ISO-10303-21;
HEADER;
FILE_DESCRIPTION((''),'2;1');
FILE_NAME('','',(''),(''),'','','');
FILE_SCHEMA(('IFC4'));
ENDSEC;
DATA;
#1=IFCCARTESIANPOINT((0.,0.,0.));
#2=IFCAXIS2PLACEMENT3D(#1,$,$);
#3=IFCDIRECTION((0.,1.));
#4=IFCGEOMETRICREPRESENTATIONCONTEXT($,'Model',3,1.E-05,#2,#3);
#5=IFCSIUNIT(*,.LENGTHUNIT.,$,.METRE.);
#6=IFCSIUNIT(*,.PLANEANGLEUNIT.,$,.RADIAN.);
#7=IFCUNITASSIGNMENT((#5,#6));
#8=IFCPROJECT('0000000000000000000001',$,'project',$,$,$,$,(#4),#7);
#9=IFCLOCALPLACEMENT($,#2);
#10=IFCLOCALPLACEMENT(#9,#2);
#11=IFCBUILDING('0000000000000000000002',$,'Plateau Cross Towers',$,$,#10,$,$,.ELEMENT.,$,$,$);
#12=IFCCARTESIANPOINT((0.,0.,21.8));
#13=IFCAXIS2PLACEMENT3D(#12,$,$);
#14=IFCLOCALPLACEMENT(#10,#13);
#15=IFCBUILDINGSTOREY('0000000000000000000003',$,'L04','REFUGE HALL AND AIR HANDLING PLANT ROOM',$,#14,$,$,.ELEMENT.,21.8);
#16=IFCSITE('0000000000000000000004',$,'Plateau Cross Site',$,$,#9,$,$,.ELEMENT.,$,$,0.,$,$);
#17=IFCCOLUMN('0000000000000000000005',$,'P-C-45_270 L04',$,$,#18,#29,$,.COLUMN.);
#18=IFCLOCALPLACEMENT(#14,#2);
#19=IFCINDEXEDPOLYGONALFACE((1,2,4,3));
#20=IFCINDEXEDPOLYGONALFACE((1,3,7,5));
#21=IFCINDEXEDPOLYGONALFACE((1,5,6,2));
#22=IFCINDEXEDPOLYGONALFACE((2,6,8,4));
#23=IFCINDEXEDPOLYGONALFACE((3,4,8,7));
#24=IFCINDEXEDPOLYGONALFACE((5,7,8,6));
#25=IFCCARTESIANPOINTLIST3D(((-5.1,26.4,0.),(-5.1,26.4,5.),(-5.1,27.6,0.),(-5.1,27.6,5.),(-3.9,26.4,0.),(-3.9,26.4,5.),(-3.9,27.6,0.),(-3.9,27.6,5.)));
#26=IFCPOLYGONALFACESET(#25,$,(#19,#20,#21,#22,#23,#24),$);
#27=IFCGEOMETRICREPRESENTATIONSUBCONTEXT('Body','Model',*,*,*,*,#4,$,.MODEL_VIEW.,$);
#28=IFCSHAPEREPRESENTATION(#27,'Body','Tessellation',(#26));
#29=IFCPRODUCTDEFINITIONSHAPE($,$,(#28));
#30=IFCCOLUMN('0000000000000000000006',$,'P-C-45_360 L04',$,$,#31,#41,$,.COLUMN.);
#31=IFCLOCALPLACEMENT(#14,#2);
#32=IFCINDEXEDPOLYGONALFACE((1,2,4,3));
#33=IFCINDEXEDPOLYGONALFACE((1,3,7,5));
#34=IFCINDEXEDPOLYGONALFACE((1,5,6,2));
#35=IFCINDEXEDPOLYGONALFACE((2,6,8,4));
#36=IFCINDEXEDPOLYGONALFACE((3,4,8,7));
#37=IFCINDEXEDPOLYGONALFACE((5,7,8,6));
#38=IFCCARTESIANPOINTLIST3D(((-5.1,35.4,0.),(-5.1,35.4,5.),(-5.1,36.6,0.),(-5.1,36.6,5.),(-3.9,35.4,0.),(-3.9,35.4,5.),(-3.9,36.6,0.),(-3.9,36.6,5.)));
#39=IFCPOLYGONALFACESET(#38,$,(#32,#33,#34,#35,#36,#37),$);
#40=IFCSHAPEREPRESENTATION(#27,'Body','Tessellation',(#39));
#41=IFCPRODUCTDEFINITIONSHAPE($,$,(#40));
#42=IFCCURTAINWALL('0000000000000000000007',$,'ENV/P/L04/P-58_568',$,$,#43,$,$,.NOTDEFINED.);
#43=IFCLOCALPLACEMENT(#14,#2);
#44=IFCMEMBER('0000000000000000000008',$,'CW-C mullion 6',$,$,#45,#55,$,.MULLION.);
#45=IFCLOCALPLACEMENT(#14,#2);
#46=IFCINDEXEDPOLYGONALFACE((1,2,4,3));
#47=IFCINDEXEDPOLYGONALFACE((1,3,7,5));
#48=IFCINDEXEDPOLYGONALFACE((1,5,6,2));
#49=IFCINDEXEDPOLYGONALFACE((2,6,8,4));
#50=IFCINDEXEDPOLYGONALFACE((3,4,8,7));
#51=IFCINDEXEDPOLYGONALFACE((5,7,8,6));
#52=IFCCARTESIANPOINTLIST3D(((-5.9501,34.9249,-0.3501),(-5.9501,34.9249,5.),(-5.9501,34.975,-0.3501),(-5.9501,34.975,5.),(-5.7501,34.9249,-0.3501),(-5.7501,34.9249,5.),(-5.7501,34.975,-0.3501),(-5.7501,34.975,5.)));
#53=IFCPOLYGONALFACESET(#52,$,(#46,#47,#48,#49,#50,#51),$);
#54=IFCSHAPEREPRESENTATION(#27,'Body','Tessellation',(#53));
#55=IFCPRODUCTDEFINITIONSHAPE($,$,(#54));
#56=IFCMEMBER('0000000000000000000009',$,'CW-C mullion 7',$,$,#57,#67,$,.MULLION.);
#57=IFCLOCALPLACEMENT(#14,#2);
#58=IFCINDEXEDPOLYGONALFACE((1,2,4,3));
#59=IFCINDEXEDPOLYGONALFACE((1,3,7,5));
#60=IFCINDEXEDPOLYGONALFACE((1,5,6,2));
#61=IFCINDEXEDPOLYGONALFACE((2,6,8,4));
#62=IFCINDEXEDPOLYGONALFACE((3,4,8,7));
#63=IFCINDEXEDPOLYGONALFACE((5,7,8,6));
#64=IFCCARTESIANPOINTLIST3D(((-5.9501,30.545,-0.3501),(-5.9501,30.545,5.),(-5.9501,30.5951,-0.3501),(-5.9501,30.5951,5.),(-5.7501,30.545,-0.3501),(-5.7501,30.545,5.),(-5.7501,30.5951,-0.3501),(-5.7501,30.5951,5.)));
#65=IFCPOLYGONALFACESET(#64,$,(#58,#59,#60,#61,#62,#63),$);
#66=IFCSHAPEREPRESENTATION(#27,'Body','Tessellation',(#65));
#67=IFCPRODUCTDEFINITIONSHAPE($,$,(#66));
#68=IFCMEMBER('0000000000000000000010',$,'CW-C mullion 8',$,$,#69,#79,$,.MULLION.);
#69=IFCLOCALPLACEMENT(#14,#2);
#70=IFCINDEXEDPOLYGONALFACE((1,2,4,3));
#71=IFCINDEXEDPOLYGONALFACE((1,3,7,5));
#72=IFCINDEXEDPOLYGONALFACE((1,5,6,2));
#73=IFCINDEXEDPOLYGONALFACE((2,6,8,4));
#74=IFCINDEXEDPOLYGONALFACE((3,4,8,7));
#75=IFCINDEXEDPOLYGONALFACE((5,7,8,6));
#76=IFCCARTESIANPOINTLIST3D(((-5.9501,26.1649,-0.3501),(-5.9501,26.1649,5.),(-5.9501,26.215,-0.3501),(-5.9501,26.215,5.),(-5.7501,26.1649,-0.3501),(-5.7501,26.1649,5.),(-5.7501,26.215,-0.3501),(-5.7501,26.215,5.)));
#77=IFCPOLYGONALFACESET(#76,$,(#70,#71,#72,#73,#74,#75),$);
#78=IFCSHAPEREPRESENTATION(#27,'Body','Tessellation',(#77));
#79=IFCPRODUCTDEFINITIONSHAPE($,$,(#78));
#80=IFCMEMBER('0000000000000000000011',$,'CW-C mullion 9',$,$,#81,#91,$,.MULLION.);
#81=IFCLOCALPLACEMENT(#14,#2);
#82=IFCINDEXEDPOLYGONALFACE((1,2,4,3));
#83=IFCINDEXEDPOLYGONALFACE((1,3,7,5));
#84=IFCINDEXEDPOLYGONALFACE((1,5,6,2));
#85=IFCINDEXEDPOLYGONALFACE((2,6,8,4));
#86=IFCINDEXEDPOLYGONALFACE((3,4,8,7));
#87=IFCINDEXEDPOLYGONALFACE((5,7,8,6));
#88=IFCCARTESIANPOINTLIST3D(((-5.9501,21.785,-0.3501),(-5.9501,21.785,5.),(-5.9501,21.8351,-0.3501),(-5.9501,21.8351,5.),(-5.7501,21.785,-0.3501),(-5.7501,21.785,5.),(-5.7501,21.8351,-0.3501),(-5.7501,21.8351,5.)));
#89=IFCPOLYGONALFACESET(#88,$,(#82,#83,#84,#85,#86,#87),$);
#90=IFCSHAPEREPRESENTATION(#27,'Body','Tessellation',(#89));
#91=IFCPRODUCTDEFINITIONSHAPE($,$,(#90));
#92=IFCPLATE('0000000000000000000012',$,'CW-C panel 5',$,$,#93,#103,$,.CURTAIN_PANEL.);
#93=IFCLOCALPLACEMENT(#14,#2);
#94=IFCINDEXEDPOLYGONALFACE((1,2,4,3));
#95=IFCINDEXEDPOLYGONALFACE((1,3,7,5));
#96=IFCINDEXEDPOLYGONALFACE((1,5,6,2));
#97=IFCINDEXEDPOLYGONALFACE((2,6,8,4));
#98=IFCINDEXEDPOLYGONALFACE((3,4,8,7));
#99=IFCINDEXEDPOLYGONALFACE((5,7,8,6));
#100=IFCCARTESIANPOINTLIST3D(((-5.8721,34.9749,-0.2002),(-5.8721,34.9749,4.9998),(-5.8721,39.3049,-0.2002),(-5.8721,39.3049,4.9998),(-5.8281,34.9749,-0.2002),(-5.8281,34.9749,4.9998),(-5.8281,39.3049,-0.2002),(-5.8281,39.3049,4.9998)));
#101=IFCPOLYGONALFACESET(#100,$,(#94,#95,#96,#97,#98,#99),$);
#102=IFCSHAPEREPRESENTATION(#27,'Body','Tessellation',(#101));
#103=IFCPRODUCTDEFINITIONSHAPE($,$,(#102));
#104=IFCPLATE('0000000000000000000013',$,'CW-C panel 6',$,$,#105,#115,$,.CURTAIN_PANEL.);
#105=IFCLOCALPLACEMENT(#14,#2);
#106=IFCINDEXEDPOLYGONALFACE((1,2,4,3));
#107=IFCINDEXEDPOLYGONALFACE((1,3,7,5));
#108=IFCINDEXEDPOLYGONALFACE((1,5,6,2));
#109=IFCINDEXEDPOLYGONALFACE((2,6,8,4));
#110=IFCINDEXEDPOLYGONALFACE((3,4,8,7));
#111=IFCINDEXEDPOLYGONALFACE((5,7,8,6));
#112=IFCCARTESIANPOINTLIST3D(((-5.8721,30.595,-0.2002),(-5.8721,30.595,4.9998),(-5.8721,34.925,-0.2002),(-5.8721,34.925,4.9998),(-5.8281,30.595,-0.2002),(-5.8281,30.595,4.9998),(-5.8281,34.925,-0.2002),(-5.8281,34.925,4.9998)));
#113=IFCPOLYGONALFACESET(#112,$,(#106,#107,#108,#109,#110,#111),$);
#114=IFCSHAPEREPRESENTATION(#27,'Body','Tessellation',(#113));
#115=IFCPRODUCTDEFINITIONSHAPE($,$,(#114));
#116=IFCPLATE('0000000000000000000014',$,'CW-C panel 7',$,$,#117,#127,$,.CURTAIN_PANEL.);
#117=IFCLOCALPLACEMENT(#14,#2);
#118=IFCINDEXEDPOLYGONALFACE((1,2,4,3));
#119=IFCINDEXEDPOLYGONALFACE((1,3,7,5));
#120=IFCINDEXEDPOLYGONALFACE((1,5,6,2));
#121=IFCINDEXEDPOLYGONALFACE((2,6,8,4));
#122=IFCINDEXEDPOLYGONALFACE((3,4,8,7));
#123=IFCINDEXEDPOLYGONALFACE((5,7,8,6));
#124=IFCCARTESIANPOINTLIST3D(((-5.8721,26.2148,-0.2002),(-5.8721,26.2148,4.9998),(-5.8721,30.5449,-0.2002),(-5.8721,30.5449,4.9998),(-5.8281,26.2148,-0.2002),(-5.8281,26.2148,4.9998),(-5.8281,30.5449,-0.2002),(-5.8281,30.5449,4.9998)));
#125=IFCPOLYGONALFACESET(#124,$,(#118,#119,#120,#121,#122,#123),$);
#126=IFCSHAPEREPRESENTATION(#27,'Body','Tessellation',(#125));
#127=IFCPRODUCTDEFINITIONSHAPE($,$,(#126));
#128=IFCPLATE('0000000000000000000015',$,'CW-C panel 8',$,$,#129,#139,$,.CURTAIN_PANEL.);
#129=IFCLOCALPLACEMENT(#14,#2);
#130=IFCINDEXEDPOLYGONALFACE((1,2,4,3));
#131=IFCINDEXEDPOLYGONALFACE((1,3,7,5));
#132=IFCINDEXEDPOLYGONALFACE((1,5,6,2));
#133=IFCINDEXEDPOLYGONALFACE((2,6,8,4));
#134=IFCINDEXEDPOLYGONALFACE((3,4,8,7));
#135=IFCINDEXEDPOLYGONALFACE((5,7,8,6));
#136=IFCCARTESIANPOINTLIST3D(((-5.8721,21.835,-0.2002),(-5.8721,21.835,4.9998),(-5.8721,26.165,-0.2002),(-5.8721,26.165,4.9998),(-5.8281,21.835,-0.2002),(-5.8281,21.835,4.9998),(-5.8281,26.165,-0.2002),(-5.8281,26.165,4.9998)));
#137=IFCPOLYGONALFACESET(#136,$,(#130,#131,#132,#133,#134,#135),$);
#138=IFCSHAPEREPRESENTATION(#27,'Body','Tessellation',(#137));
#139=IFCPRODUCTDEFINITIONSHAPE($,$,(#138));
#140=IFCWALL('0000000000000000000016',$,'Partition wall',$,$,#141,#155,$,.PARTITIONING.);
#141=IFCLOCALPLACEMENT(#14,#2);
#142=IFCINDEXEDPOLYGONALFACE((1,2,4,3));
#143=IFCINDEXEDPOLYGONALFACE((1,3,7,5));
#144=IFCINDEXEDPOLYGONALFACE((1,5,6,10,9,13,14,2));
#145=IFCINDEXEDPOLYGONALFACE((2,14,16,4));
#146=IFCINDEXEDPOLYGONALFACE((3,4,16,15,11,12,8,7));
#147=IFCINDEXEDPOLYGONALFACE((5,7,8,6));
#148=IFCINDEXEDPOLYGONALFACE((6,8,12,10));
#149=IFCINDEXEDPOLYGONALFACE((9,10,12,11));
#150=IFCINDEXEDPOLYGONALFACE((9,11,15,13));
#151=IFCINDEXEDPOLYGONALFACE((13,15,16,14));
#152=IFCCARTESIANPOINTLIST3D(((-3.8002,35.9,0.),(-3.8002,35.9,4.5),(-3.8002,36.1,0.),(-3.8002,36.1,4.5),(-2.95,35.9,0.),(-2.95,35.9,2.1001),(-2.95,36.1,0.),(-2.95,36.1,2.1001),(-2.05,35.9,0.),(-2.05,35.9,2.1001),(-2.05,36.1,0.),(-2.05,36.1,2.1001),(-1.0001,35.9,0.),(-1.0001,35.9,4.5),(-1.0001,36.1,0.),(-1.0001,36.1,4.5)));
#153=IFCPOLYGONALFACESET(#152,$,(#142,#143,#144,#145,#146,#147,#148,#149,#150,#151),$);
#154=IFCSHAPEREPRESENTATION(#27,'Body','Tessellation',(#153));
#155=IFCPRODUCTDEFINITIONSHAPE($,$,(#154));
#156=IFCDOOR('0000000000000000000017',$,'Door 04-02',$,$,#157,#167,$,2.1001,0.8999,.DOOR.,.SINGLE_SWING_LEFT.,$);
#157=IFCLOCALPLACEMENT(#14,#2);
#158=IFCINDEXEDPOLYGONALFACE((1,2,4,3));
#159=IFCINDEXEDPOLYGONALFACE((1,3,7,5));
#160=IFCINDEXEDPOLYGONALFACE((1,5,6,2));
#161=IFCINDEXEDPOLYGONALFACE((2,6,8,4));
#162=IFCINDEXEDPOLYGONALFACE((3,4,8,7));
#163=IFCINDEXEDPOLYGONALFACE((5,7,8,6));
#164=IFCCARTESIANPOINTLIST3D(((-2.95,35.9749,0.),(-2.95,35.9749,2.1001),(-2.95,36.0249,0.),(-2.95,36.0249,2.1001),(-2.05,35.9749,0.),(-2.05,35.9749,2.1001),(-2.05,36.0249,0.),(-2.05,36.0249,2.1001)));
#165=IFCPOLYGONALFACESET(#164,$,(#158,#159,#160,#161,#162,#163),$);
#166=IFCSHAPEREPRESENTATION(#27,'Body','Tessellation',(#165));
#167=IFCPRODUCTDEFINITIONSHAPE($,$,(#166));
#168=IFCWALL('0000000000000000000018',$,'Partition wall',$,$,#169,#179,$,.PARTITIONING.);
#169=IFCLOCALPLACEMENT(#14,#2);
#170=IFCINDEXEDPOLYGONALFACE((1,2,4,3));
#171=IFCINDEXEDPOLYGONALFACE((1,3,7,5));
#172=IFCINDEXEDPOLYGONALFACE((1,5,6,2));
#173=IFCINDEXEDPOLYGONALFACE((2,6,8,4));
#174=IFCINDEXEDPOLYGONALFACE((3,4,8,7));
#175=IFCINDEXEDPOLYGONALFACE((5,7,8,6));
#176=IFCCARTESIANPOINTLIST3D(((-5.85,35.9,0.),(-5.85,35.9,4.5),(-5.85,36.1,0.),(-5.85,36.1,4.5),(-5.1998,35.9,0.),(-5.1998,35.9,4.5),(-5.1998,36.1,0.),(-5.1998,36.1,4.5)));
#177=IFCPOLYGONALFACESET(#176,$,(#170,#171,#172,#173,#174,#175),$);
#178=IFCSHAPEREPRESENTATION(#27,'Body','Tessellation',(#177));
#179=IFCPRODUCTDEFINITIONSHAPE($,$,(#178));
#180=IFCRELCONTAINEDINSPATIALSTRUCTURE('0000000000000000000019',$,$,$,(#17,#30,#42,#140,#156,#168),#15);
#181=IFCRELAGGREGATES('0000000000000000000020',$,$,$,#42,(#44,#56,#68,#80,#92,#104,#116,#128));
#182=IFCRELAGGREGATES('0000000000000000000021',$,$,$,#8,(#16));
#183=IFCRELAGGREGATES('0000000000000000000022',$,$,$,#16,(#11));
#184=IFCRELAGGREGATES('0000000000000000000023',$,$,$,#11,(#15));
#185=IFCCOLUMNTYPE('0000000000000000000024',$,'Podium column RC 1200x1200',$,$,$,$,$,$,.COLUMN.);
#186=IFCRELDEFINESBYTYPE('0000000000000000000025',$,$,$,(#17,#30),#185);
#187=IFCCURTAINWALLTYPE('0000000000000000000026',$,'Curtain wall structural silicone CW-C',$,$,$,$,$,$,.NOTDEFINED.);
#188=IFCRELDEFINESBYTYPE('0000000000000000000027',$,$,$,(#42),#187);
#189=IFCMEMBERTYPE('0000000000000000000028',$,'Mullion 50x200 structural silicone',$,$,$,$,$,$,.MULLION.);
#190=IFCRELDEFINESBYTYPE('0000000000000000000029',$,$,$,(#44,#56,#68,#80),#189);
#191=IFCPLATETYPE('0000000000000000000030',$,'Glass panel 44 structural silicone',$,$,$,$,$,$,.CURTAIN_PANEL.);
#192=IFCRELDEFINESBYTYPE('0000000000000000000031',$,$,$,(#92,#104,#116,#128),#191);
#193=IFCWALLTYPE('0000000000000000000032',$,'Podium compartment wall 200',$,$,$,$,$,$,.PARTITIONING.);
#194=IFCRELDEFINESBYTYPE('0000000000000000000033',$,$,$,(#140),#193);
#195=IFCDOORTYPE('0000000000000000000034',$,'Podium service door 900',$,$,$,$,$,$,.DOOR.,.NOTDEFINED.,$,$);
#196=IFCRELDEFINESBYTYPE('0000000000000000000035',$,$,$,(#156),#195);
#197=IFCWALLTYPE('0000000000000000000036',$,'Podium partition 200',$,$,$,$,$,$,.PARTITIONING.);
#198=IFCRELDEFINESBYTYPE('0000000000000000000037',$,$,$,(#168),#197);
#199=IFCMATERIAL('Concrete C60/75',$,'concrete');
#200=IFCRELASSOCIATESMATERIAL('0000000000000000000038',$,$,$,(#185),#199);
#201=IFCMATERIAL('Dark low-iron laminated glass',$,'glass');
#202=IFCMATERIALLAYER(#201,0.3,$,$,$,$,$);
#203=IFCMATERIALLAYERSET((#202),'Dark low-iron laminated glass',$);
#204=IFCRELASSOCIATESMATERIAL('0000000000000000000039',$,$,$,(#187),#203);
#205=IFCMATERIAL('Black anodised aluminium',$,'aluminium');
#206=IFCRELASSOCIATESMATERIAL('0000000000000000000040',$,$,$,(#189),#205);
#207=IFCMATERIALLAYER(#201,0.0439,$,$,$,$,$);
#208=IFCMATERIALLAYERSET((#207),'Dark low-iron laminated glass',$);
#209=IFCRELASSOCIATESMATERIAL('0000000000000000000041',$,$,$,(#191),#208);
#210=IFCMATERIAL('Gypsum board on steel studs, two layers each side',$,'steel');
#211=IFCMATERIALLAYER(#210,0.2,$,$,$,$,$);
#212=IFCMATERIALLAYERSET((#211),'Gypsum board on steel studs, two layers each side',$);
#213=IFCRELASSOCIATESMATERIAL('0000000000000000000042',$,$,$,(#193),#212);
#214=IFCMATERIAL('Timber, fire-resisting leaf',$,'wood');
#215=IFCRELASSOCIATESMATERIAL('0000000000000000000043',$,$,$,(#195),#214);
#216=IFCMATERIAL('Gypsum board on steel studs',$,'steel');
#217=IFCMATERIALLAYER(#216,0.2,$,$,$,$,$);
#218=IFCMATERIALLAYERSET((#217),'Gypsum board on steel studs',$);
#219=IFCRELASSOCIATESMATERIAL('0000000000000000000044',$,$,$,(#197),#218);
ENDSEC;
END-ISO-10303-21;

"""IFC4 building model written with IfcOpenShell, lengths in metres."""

from ifc_helpers import new_model, si_unit, direction, frame, frame_2d, origin, origin_2d, place, context, subcontext, project, spatial, rectangle, extrude, material, layer, layer_set, material_profile, profile_set, type_object, element, fill, aggregate, save


model = new_model("IFC4")

# Units and contexts
model_context = context("Model", 3, precision=1e-05, world=origin(), true_north=direction((0.0, 1.0)))
body_context = subcontext(model_context, "Body", "Model", "MODEL_VIEW")
ifc_project = project(units=[si_unit("LENGTHUNIT", "METRE"), si_unit("PLANEANGLEUNIT", "RADIAN")], contexts=[model_context])

# Site, building, storey
site_placement = place(None, origin())
site = spatial("IfcSite", under=ifc_project, at=site_placement, Name="Plateau Cross Site", CompositionType="ELEMENT", RefElevation=0.0)
building_placement = place(site_placement, origin())
building = spatial("IfcBuilding", under=site, at=building_placement, Name="Plateau Cross Towers", CompositionType="ELEMENT")
storey_placement = place(building_placement, frame((0.0, 0.0, 21.8)))
storey = spatial("IfcBuildingStorey", under=building, at=storey_placement, Name="L04", Description="REFUGE HALL AND AIR HANDLING PLANT ROOM", CompositionType="ELEMENT", Elevation=21.8)

# Columns
ifc_material_1 = material(Name="Concrete C60/75", Category="concrete")
ifc_material_profile_1 = material_profile(ifc_material_1, rectangle(XDim=1.2, YDim=1.2, at=origin_2d()), Name="RC 1200x1200")
ifc_profile_set_1 = profile_set([ifc_material_profile_1], Name="Concrete C60/75")
column_type = type_object("IfcColumnType", Name="Podium column RC 1200x1200", PredefinedType="COLUMN", material=ifc_profile_set_1)
for number, where, z_axis, x_axis, name in (
    (1, (-4.5, 27.0, 0.0), (0.0, 0.0, 1.0), (1.0, 0.0, 0.0), "P-C-45_270 L04"),
    (2, (-4.5, 36.0, 0.0), (0.0, 0.0, 1.0), (1.0, 0.0, 0.0), "P-C-45_360 L04"),
):
    element("IfcColumn", number, at=place(storey_placement, frame(where, z_axis=z_axis, x_axis=x_axis)), inside=storey, type_object=column_type, Name=name, PredefinedType="COLUMN", context=body_context, shape_type="SweptSolid", body=[
        extrude(rectangle(XDim=1.2, YDim=1.2, at=origin_2d()), origin(), (0.0, 0.0, 1.0), 5.0),
    ])

# Curtain wall, members, plates
ifc_material_2 = material(Name="Dark low-iron laminated glass", Category="glass")
ifc_layer_1 = layer(ifc_material_2, 0.3)
ifc_layer_set_1 = layer_set([ifc_layer_1], Name="Dark low-iron laminated glass")
curtain_wall_type = type_object("IfcCurtainWallType", Name="Curtain wall structural silicone CW-C", PredefinedType="NOTDEFINED", material=ifc_layer_set_1)
curtain_wall_placement = place(storey_placement, origin())
curtain_wall = element("IfcCurtainWall", 3, at=curtain_wall_placement, inside=storey, type_object=curtain_wall_type, Name="ENV/P/L04/P-58_568", PredefinedType="NOTDEFINED")
ifc_material_3 = material(Name="Black anodised aluminium", Category="aluminium")
ifc_material_profile_2 = material_profile(ifc_material_3, rectangle(XDim=0.05, YDim=0.2, at=origin_2d()), Name="MULLION 50x200")
ifc_profile_set_2 = profile_set([ifc_material_profile_2], Name="Black anodised aluminium")
member_type = type_object("IfcMemberType", Name="Mullion 50x200 structural silicone", PredefinedType="MULLION", material=ifc_profile_set_2)
member_1_placement = place(storey_placement, frame((-5.8501, 34.95, -0.3501), z_axis=(0.0, 0.0, 1.0), x_axis=(0.0, -1.0, 0.0)))
member_1 = element("IfcMember", 4, at=member_1_placement, type_object=member_type, Name="CW-C mullion 6", PredefinedType="MULLION", context=body_context, shape_type="SweptSolid", body=[
    extrude(rectangle(XDim=0.05, YDim=0.2, at=origin_2d()), origin(), (0.0, 0.0, 1.0), 5.3501),
])
member_2_placement = place(storey_placement, frame((-5.8501, 30.5701, -0.3501), z_axis=(0.0, 0.0, 1.0), x_axis=(0.0, -1.0, 0.0)))
member_2 = element("IfcMember", 5, at=member_2_placement, type_object=member_type, Name="CW-C mullion 7", PredefinedType="MULLION", context=body_context, shape_type="SweptSolid", body=[
    extrude(rectangle(XDim=0.05, YDim=0.2, at=origin_2d()), origin(), (0.0, 0.0, 1.0), 5.3501),
])
member_3_placement = place(storey_placement, frame((-5.8501, 26.1899, -0.3501), z_axis=(0.0, 0.0, 1.0), x_axis=(0.0, -1.0, 0.0)))
member_3 = element("IfcMember", 6, at=member_3_placement, type_object=member_type, Name="CW-C mullion 8", PredefinedType="MULLION", context=body_context, shape_type="SweptSolid", body=[
    extrude(rectangle(XDim=0.05, YDim=0.2, at=origin_2d()), origin(), (0.0, 0.0, 1.0), 5.3501),
])
member_4_placement = place(storey_placement, frame((-5.8501, 21.8101, -0.3501), z_axis=(0.0, 0.0, 1.0), x_axis=(0.0, -1.0, 0.0)))
member_4 = element("IfcMember", 7, at=member_4_placement, type_object=member_type, Name="CW-C mullion 9", PredefinedType="MULLION", context=body_context, shape_type="SweptSolid", body=[
    extrude(rectangle(XDim=0.05, YDim=0.2, at=origin_2d()), origin(), (0.0, 0.0, 1.0), 5.3501),
])
ifc_layer_2 = layer(ifc_material_2, 0.0439)
ifc_layer_set_2 = layer_set([ifc_layer_2], Name="Dark low-iron laminated glass")
plate_type = type_object("IfcPlateType", Name="Glass panel 44 structural silicone", PredefinedType="CURTAIN_PANEL", material=ifc_layer_set_2)
plate_1_placement = place(storey_placement, frame((-5.8501, 37.1399, -0.2002), z_axis=(0.0, 0.0, 1.0), x_axis=(0.0, -1.0, 0.0)))
plate_1 = element("IfcPlate", 8, at=plate_1_placement, type_object=plate_type, Name="CW-C panel 5", PredefinedType="CURTAIN_PANEL", context=body_context, shape_type="SweptSolid", body=[
    extrude(rectangle(XDim=4.3301, YDim=0.0439, at=origin_2d()), origin(), (0.0, 0.0, 1.0), 5.2),
])
plate_2_placement = place(storey_placement, frame((-5.8501, 32.76, -0.2002), z_axis=(0.0, 0.0, 1.0), x_axis=(0.0, -1.0, 0.0)))
plate_2 = element("IfcPlate", 9, at=plate_2_placement, type_object=plate_type, Name="CW-C panel 6", PredefinedType="CURTAIN_PANEL", context=body_context, shape_type="SweptSolid", body=[
    extrude(rectangle(XDim=4.3301, YDim=0.0439, at=origin_2d()), origin(), (0.0, 0.0, 1.0), 5.2),
])
plate_3_placement = place(storey_placement, frame((-5.8501, 28.3799, -0.2002), z_axis=(0.0, 0.0, 1.0), x_axis=(0.0, -1.0, 0.0)))
plate_3 = element("IfcPlate", 10, at=plate_3_placement, type_object=plate_type, Name="CW-C panel 7", PredefinedType="CURTAIN_PANEL", context=body_context, shape_type="SweptSolid", body=[
    extrude(rectangle(XDim=4.3301, YDim=0.0439, at=origin_2d()), origin(), (0.0, 0.0, 1.0), 5.2),
])
plate_4_placement = place(storey_placement, frame((-5.8501, 24.0, -0.2002), z_axis=(0.0, 0.0, 1.0), x_axis=(0.0, -1.0, 0.0)))
plate_4 = element("IfcPlate", 11, at=plate_4_placement, type_object=plate_type, Name="CW-C panel 8", PredefinedType="CURTAIN_PANEL", context=body_context, shape_type="SweptSolid", body=[
    extrude(rectangle(XDim=4.3301, YDim=0.0439, at=origin_2d()), origin(), (0.0, 0.0, 1.0), 5.2),
])
aggregate(curtain_wall, [member_1, member_2, member_3, member_4, plate_1, plate_2, plate_3, plate_4])

# Wall, opening, door
ifc_material_4 = material(Name="Gypsum board on steel studs, two layers each side", Category="steel")
ifc_layer_3 = layer(ifc_material_4, 0.2)
ifc_layer_set_3 = layer_set([ifc_layer_3], Name="Gypsum board on steel studs, two layers each side")
wall_type_1 = type_object("IfcWallType", Name="Podium compartment wall 200", PredefinedType="PARTITIONING", material=ifc_layer_set_3)
wall_1_placement = place(storey_placement, frame((-3.8, 36.0, 0.0), z_axis=(0.0, 0.0, 1.0), x_axis=(1.0, 0.0, 0.0)))
wall_1 = element("IfcWall", 12, at=wall_1_placement, inside=storey, type_object=wall_type_1, Name="Partition wall", PredefinedType="PARTITIONING", context=body_context, shape_type="SweptSolid", body=[
    extrude(rectangle(XDim=2.8, YDim=0.2, at=frame_2d((1.3999, 0.0))), origin(), (0.0, 0.0, 1.0), 4.5),
])
opening_placement = place(wall_1_placement, frame((0.8501, 0.0, 0.0)))
opening = element("IfcOpeningElement", 13, at=opening_placement, cuts=wall_1, PredefinedType="OPENING", context=body_context, shape_type="SweptSolid", body=[
    extrude(rectangle(XDim=0.8999, YDim=2.1001, at=frame_2d((0.45, 1.05))), frame((0.0, 0.1099, 0.0), z_axis=(0.0, -1.0, 0.0), x_axis=(1.0, 0.0, 0.0)), (0.0, 0.0, 1.0), 0.22),
])
ifc_material_5 = material(Name="Timber, fire-resisting leaf", Category="wood")
door_type = type_object("IfcDoorType", Name="Podium service door 900", OperationType="NOTDEFINED", PredefinedType="DOOR", material=ifc_material_5)
door_placement = place(opening_placement, origin())
door = element("IfcDoor", 14, at=door_placement, inside=storey, type_object=door_type, Name="Door 04-02", OperationType="SINGLE_SWING_LEFT", OverallHeight=2.1001, OverallWidth=0.8999, PredefinedType="DOOR", context=body_context, shape_type="SweptSolid", body=[
    extrude(rectangle(XDim=0.8999, YDim=2.1001, at=frame_2d((0.45, 1.05))), frame((0.0, 0.0249, 0.0), z_axis=(0.0, -1.0, 0.0), x_axis=(1.0, 0.0, 0.0)), (0.0, 0.0, 1.0), 0.05),
])
fill(opening, door)

# Wall
ifc_material_6 = material(Name="Gypsum board on steel studs", Category="steel")
ifc_layer_4 = layer(ifc_material_6, 0.2)
ifc_layer_set_4 = layer_set([ifc_layer_4], Name="Gypsum board on steel studs")
wall_type_2 = type_object("IfcWallType", Name="Podium partition 200", PredefinedType="PARTITIONING", material=ifc_layer_set_4)
wall_2_placement = place(storey_placement, frame((-5.8501, 36.0, 0.0), z_axis=(0.0, 0.0, 1.0), x_axis=(1.0, 0.0, 0.0)))
element("IfcWall", 15, at=wall_2_placement, inside=storey, type_object=wall_type_2, Name="Partition wall", PredefinedType="PARTITIONING", context=body_context, shape_type="SweptSolid", body=[
    extrude(rectangle(XDim=0.6501, YDim=0.2, at=frame_2d((0.3252, 0.0))), origin(), (0.0, 0.0, 1.0), 4.5),
])

save(model, "model.ifc")
